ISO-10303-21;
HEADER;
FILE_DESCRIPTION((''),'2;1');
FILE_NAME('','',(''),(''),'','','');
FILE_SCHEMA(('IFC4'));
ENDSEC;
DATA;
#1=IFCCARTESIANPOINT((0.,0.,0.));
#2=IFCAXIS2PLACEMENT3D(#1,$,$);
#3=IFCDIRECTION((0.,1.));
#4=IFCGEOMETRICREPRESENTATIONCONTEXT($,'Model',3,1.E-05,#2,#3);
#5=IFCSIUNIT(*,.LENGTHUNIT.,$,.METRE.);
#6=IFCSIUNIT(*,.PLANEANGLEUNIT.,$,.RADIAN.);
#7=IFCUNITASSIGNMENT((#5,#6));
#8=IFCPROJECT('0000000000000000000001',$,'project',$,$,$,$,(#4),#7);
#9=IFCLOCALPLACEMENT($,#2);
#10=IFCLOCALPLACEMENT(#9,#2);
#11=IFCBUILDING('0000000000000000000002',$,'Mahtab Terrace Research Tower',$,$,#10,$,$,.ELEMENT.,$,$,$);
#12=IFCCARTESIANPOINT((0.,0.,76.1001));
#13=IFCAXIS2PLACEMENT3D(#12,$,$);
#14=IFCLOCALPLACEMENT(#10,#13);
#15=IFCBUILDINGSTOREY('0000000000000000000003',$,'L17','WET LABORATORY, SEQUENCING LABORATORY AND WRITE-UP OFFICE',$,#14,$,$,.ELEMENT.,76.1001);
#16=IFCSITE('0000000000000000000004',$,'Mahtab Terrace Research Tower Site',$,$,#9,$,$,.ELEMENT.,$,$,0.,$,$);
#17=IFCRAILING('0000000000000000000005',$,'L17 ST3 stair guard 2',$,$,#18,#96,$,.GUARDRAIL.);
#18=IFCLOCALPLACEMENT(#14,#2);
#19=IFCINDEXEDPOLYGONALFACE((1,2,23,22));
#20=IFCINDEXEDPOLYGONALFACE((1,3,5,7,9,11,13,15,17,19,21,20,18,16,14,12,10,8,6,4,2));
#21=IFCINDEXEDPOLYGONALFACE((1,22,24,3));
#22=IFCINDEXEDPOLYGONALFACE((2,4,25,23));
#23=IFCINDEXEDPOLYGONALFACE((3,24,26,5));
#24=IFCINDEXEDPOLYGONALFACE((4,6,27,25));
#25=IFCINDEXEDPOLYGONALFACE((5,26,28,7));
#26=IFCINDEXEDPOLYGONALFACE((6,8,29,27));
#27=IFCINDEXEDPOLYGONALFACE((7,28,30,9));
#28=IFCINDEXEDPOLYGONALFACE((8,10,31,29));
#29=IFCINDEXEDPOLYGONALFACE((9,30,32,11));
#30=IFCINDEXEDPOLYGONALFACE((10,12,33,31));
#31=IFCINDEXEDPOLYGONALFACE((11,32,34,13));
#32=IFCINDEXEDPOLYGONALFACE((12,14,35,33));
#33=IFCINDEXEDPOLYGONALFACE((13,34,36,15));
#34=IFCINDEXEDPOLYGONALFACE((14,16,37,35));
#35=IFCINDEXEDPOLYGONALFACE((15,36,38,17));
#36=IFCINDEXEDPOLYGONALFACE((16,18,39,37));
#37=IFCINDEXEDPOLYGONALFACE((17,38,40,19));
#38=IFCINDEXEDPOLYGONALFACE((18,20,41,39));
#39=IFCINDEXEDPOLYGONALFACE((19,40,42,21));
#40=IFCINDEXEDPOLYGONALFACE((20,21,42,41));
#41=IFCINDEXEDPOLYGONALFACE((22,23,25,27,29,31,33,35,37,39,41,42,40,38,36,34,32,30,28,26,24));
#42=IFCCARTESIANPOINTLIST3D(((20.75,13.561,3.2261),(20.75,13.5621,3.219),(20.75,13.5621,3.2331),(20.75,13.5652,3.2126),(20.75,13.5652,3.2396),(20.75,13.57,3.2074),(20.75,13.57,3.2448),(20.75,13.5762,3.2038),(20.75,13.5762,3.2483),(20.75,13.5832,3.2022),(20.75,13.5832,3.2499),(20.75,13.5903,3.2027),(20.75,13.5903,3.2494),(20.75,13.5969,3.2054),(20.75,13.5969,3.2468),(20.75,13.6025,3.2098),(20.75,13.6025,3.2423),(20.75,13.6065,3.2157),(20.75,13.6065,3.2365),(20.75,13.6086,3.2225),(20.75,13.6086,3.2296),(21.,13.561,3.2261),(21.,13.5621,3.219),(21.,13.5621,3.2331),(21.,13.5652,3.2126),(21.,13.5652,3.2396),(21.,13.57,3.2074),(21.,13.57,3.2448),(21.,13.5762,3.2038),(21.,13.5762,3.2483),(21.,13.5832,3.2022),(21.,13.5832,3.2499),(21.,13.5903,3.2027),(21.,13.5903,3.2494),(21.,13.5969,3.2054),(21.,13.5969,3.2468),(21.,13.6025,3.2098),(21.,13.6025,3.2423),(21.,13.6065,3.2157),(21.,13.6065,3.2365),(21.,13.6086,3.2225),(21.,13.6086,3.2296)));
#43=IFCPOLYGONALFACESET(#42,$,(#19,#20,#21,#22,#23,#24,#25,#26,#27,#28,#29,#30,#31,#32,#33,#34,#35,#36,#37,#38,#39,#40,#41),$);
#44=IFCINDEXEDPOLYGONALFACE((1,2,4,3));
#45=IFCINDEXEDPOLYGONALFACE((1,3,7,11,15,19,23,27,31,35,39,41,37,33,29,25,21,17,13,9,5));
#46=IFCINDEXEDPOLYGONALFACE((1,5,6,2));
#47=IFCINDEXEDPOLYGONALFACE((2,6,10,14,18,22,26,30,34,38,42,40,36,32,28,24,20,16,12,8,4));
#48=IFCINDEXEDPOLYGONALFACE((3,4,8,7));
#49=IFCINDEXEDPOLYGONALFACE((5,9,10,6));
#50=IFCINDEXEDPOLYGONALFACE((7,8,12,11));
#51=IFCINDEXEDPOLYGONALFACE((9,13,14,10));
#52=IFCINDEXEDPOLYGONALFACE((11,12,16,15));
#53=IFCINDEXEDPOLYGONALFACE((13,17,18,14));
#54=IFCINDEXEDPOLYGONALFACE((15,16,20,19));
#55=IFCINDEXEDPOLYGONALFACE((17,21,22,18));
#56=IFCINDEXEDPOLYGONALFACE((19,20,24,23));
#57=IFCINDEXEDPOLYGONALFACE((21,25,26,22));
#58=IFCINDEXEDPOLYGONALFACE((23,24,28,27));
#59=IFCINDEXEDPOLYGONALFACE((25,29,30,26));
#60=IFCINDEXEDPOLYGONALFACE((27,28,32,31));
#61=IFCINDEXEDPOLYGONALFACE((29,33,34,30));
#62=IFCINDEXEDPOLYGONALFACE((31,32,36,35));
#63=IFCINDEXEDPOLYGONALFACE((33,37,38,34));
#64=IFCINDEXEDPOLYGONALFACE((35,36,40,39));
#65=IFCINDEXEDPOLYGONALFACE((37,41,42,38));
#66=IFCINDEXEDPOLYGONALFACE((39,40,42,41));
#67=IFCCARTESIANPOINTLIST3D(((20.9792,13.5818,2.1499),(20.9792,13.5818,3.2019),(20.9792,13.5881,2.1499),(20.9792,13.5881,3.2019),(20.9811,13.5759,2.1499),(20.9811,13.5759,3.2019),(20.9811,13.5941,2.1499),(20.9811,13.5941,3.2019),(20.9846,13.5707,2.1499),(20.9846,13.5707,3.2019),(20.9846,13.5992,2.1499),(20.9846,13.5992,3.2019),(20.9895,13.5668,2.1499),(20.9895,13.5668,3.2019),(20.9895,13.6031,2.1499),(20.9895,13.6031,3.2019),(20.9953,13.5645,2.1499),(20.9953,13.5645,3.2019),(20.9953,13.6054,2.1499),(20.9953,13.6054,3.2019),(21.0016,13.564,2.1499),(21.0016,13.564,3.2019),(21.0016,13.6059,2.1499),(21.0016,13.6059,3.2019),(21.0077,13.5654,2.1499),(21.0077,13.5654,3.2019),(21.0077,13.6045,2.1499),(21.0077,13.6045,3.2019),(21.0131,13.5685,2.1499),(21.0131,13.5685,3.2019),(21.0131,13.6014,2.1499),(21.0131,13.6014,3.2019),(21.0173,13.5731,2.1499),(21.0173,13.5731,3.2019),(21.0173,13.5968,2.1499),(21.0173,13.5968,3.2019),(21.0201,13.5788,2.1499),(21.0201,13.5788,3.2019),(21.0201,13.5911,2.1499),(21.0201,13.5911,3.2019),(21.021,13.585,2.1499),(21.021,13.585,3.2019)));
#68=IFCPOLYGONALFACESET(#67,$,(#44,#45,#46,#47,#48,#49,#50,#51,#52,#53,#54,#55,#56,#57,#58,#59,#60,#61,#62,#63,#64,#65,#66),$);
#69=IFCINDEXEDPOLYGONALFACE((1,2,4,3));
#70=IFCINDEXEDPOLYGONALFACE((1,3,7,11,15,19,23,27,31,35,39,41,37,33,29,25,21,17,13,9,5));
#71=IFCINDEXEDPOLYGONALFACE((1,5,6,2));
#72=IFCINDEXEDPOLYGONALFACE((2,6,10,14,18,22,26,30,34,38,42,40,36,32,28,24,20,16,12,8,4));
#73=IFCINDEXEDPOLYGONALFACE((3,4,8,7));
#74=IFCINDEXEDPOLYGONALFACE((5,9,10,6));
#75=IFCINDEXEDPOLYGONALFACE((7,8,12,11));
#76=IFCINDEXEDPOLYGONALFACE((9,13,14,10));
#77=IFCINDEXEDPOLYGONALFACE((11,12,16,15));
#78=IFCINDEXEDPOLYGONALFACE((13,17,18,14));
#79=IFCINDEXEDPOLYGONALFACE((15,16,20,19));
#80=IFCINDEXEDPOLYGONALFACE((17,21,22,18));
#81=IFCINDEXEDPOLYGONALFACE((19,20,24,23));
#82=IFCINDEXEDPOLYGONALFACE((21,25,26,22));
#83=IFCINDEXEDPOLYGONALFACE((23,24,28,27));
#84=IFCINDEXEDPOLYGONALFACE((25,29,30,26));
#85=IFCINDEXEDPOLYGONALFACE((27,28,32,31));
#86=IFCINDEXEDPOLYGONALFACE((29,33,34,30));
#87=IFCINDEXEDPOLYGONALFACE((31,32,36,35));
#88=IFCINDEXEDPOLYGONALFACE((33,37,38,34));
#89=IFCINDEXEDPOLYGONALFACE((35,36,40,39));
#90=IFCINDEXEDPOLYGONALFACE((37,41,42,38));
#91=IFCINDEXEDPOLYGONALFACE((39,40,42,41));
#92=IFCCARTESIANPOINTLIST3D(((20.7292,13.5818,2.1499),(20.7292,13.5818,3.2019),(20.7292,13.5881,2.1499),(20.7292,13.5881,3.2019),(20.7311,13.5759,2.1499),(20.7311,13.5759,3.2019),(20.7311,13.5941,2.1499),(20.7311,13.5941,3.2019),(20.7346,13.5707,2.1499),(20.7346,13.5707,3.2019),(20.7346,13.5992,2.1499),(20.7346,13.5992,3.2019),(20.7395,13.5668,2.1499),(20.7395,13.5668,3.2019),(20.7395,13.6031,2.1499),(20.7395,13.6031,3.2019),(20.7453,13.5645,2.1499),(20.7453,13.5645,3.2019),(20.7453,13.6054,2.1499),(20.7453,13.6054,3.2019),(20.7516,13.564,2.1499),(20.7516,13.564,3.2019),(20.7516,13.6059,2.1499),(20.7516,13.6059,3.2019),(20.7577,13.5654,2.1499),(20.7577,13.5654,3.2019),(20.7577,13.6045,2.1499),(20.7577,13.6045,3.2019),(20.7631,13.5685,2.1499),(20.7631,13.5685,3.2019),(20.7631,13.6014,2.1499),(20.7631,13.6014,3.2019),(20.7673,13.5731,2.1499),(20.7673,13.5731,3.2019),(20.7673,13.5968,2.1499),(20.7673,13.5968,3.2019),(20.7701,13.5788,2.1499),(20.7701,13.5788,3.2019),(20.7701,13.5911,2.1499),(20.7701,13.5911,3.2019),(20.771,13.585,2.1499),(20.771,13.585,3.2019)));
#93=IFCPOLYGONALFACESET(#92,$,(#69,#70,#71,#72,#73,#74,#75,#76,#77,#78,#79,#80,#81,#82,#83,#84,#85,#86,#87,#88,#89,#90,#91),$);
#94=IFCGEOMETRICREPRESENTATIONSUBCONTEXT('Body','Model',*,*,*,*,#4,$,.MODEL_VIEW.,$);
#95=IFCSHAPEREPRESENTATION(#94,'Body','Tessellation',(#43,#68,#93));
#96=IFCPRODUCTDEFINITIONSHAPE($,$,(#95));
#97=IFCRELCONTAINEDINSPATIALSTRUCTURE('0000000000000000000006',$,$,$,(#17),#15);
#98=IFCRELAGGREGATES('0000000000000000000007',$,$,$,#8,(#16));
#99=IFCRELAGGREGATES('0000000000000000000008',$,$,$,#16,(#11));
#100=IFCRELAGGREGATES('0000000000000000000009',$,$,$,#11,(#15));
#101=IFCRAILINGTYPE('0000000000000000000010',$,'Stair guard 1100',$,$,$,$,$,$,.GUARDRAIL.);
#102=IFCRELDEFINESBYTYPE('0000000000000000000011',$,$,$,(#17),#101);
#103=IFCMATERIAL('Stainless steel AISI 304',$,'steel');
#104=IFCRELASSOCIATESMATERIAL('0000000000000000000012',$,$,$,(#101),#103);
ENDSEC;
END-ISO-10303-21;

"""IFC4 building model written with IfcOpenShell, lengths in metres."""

from ifc_helpers import new_model, si_unit, direction, frame, origin, origin_2d, place, context, subcontext, project, spatial, circle, extrude, material, type_object, element, save


model = new_model("IFC4")

# Units and contexts
model_context = context("Model", 3, precision=1e-05, world=origin(), true_north=direction((0.0, 1.0)))
body_context = subcontext(model_context, "Body", "Model", "MODEL_VIEW")
ifc_project = project(units=[si_unit("LENGTHUNIT", "METRE"), si_unit("PLANEANGLEUNIT", "RADIAN")], contexts=[model_context])

# Site, building, storey
site_placement = place(None, origin())
site = spatial("IfcSite", under=ifc_project, at=site_placement, Name="Mahtab Terrace Research Tower Site", CompositionType="ELEMENT", RefElevation=0.0)
building_placement = place(site_placement, origin())
building = spatial("IfcBuilding", under=site, at=building_placement, Name="Mahtab Terrace Research Tower", CompositionType="ELEMENT")
storey_placement = place(building_placement, frame((0.0, 0.0, 76.1001)))
storey = spatial("IfcBuildingStorey", under=building, at=storey_placement, Name="L17", Description="WET LABORATORY, SEQUENCING LABORATORY AND WRITE-UP OFFICE", CompositionType="ELEMENT", Elevation=76.1001)

# Railing
ifc_material_1 = material(Name="Stainless steel AISI 304", Category="steel")
railing_type_1 = type_object("IfcRailingType", Name="Stair guard 1100", PredefinedType="GUARDRAIL", material=ifc_material_1)
railing_1_placement = place(storey_placement, frame((21.0, 13.585, 2.1499)))
element("IfcRailing", 1, at=railing_1_placement, inside=storey, type_object=railing_type_1, Name="L17 ST3 stair guard 2", PredefinedType="GUARDRAIL", context=body_context, shape_type="SweptSolid", body=[
    extrude(circle(Radius=0.0239, at=origin_2d()), frame((0.0, 0.0, 1.0762), z_axis=(-1.0, 0.0, 0.0), x_axis=(0.0, -1.0, 0.0)), (0.0, 0.0, 1.0), 0.25),
    extrude(circle(Radius=0.021, at=origin_2d()), origin(), (0.0, 0.0, 1.0), 1.052),
    extrude(circle(Radius=0.021, at=origin_2d()), frame((-0.25, 0.0, 0.0)), (0.0, 0.0, 1.0), 1.052),
])

save(model, "model.ifc")
